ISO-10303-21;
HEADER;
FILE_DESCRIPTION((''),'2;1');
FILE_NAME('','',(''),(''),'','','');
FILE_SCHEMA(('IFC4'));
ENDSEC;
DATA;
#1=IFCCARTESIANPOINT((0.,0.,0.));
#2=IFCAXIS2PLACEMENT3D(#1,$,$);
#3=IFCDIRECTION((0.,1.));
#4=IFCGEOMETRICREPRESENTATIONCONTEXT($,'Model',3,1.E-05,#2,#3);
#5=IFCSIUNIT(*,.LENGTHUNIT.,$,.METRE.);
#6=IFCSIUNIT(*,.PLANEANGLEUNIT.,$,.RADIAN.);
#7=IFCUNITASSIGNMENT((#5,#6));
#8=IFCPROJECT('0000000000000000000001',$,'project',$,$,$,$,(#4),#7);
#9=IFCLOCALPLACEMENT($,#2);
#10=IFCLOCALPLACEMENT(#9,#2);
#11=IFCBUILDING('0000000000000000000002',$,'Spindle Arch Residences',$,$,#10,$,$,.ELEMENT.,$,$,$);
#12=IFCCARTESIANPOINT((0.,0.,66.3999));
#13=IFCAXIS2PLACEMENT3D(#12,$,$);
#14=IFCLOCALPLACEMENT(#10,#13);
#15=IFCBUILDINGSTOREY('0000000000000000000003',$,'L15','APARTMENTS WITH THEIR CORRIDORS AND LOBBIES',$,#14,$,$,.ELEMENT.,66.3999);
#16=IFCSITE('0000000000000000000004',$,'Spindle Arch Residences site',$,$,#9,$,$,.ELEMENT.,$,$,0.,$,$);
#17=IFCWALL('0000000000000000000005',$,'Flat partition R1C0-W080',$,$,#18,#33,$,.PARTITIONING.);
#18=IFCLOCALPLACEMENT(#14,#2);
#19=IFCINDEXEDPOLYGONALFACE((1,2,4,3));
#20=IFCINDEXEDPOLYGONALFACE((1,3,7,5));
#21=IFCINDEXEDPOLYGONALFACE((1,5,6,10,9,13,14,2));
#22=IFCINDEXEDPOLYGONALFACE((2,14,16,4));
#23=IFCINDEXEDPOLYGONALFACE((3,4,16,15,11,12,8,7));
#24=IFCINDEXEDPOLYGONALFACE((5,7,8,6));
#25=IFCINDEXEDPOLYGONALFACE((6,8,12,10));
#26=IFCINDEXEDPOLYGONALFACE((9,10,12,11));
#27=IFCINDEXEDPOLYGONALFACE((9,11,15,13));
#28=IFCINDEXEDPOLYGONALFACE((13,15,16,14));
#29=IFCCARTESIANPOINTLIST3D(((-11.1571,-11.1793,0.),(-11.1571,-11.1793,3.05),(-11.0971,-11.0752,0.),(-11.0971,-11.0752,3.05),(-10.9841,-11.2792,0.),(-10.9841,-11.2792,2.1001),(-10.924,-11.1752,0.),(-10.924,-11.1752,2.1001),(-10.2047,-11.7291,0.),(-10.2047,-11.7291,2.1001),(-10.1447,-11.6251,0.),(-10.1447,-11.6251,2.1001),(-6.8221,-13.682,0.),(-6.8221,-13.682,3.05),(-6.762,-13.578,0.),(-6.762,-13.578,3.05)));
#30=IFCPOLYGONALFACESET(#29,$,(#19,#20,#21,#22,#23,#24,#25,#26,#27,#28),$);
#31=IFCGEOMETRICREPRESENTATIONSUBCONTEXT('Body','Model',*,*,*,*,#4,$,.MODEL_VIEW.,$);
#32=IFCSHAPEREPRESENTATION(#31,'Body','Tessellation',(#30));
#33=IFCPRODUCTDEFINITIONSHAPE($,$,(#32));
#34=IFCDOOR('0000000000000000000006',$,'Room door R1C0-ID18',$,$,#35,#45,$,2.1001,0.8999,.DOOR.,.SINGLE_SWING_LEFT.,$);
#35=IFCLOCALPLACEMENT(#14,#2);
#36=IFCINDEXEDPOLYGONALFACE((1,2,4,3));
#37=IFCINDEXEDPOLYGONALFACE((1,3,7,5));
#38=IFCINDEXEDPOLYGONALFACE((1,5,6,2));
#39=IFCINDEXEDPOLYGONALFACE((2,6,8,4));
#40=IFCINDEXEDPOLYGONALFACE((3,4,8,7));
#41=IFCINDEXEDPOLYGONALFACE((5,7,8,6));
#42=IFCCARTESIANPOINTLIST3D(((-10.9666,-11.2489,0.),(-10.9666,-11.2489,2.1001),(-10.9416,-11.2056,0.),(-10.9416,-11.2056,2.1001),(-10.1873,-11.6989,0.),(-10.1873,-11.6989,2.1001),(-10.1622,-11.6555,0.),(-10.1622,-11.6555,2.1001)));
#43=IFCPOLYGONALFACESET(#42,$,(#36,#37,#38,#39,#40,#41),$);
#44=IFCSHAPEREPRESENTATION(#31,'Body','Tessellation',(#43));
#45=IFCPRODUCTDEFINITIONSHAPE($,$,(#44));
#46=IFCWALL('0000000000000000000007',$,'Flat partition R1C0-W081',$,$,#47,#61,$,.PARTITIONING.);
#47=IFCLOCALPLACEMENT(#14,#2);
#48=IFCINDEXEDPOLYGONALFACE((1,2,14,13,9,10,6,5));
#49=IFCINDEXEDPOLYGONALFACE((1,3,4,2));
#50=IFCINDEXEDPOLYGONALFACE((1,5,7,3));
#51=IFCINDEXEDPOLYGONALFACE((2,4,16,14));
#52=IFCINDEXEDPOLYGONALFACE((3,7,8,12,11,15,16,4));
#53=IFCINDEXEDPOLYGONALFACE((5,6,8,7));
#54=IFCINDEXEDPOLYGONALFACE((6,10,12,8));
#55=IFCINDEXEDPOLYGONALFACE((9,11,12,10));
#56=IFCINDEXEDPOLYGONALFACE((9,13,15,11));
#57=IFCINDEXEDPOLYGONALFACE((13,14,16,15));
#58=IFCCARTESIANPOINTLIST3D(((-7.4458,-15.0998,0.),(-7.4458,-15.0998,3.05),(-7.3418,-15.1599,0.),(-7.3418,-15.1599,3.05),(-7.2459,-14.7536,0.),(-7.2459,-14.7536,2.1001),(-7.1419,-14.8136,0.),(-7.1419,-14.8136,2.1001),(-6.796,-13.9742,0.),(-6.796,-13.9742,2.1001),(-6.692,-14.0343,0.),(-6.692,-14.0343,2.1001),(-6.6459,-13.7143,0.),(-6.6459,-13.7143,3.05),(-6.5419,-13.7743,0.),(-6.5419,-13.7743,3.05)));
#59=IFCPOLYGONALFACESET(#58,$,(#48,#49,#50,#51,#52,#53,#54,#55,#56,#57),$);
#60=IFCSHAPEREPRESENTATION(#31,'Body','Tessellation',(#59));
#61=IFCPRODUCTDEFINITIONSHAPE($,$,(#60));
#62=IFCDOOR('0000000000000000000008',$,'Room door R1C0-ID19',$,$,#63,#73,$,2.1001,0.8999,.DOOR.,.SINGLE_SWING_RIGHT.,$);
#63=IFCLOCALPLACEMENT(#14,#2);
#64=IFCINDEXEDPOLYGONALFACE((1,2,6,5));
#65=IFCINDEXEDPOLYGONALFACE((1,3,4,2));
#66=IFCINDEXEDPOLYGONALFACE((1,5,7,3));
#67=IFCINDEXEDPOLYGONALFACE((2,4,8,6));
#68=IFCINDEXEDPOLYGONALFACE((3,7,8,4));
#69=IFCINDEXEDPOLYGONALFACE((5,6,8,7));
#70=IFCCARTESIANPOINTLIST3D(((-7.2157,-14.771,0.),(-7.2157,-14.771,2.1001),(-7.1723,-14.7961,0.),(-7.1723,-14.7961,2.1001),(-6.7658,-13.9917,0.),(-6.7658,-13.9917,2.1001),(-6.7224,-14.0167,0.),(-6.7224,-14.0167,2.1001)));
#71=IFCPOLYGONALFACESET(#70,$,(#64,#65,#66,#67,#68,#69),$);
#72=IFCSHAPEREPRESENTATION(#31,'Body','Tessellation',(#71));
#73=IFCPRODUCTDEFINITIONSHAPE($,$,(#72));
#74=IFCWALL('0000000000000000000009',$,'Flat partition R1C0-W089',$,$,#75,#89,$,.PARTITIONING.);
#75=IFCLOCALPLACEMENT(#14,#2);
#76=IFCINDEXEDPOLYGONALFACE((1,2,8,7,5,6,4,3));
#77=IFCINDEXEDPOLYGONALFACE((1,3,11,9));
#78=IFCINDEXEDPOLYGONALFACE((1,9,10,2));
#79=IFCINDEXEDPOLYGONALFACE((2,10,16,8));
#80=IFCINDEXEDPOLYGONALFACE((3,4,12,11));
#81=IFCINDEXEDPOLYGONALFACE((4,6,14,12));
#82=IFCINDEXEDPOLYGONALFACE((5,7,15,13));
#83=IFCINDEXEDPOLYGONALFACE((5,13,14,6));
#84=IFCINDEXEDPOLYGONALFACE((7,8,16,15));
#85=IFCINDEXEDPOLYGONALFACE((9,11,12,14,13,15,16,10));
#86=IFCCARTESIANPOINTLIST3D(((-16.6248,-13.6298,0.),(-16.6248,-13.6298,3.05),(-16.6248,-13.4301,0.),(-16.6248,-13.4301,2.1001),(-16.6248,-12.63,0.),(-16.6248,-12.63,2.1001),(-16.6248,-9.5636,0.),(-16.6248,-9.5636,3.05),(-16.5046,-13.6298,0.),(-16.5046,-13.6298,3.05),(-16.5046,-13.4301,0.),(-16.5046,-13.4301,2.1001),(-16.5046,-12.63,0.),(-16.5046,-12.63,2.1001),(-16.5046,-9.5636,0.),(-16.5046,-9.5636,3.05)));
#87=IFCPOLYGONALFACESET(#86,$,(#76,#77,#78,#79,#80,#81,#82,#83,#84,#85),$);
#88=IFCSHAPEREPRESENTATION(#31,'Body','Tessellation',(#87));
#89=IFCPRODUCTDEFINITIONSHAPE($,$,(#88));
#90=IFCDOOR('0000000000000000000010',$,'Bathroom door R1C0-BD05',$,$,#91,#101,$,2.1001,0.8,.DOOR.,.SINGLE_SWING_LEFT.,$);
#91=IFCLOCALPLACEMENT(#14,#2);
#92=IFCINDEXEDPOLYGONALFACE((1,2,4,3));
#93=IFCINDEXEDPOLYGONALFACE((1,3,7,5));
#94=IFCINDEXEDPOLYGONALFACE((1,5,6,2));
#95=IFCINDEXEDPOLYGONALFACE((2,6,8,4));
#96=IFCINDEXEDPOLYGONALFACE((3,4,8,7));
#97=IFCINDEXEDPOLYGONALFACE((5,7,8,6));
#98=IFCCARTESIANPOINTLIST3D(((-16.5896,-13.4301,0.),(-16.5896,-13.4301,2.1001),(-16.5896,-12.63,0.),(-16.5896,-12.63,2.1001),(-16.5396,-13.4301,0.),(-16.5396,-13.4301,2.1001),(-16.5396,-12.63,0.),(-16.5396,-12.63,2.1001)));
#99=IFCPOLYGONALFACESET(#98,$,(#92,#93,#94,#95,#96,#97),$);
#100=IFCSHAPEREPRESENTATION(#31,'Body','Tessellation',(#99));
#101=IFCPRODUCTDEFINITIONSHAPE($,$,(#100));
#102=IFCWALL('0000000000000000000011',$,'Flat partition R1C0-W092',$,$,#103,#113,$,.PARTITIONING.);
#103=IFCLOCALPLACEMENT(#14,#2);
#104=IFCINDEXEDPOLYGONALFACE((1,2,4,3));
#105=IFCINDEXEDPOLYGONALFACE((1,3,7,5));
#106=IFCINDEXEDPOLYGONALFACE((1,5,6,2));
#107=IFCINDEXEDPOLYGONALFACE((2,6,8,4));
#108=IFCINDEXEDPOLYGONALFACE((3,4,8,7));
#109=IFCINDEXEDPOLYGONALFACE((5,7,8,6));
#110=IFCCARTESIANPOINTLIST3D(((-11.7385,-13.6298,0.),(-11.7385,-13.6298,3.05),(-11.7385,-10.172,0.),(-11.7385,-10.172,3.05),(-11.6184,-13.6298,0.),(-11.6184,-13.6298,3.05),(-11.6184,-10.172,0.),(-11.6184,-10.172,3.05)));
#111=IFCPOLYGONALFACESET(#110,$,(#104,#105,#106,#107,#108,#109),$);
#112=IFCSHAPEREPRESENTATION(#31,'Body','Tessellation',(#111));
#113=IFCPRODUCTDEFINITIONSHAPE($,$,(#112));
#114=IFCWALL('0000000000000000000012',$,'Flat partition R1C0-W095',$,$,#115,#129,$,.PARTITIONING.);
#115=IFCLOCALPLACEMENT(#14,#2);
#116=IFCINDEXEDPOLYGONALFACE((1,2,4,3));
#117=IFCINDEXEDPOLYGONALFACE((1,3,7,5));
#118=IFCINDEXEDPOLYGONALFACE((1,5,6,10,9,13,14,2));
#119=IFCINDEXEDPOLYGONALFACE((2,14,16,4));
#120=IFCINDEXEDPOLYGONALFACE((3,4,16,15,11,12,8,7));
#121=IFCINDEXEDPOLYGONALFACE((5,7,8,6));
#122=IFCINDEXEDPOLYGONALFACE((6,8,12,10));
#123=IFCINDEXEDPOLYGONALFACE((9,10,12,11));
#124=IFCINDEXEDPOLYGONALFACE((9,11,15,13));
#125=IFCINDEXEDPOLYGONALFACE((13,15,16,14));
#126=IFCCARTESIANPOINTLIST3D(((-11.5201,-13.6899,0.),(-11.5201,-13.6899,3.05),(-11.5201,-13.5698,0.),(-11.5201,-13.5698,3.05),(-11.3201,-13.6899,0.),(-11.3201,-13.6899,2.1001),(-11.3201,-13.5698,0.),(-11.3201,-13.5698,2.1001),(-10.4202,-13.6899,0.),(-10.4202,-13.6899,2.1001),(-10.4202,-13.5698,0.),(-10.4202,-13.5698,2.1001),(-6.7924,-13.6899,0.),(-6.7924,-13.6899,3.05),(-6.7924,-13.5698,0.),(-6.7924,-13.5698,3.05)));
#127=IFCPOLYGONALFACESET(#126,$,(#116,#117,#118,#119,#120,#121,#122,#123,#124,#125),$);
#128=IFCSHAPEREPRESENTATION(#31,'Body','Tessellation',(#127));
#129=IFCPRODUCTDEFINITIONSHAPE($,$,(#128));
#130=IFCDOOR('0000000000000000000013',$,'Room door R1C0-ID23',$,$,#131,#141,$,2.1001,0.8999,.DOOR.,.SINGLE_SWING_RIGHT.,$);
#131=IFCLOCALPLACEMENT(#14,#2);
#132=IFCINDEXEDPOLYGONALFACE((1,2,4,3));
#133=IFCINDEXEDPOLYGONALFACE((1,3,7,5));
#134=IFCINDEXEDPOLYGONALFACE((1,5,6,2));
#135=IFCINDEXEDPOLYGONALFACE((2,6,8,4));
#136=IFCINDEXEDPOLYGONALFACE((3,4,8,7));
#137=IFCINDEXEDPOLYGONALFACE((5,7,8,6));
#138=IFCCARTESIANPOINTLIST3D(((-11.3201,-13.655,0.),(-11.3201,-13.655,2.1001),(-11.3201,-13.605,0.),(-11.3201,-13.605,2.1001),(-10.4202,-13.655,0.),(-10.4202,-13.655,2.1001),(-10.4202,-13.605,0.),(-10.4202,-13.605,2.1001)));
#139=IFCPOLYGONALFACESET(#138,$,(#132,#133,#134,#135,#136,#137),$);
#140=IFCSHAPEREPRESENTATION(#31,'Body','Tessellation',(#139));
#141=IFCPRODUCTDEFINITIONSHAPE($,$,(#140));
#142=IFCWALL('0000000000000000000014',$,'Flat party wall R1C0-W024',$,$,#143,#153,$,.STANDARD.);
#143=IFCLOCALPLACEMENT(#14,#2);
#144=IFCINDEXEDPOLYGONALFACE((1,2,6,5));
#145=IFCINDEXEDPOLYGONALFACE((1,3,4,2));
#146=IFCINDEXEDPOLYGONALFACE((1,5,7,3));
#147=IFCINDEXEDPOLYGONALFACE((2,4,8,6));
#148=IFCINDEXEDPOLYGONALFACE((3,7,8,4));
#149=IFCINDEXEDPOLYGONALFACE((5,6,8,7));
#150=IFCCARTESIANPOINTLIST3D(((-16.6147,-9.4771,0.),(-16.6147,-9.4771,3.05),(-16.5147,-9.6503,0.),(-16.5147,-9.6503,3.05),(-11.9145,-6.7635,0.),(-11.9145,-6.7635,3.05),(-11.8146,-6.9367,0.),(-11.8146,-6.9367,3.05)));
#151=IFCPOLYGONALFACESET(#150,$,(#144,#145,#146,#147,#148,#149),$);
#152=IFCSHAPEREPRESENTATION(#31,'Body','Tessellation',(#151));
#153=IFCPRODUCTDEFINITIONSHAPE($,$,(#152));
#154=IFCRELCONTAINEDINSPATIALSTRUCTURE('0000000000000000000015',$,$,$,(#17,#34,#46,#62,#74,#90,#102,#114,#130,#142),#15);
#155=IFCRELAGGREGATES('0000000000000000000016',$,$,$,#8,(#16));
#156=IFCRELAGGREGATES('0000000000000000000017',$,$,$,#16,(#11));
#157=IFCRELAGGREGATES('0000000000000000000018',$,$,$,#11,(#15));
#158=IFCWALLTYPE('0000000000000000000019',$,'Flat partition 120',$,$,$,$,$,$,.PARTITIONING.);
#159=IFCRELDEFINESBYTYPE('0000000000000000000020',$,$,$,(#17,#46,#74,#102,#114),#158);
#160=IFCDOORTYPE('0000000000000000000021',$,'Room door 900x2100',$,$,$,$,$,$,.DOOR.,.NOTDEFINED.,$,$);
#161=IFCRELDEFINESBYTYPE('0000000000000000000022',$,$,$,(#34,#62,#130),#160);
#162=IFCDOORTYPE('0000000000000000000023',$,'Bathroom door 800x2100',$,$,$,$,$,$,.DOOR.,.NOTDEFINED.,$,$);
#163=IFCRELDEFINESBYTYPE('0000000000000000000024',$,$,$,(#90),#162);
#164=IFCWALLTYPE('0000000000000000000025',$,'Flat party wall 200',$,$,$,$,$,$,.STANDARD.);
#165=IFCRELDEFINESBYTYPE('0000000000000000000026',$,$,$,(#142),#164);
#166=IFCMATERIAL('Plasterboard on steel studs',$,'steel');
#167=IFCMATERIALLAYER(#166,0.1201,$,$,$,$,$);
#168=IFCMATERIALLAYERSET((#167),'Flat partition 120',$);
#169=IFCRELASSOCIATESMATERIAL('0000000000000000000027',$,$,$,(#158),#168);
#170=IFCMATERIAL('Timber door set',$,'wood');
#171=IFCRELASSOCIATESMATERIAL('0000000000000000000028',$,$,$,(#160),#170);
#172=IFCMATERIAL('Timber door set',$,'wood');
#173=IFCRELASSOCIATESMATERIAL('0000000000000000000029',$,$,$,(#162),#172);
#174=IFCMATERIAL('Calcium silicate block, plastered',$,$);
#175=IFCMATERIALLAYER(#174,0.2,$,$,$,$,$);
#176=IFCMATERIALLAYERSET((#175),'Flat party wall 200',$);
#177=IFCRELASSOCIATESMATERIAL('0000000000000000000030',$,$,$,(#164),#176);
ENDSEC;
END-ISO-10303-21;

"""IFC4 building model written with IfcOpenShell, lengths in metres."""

from ifc_helpers import new_model, si_unit, direction, frame, frame_2d, origin, place, context, subcontext, project, spatial, rectangle, extrude, material, layer, layer_set, type_object, element, fill, save


model = new_model("IFC4")

# Units and contexts
model_context = context("Model", 3, precision=1e-05, world=origin(), true_north=direction((0.0, 1.0)))
body_context = subcontext(model_context, "Body", "Model", "MODEL_VIEW")
ifc_project = project(units=[si_unit("LENGTHUNIT", "METRE"), si_unit("PLANEANGLEUNIT", "RADIAN")], contexts=[model_context])

# Site, building, storey
site_placement = place(None, origin())
site = spatial("IfcSite", under=ifc_project, at=site_placement, Name="Spindle Arch Residences site", CompositionType="ELEMENT", RefElevation=0.0)
building_placement = place(site_placement, origin())
building = spatial("IfcBuilding", under=site, at=building_placement, Name="Spindle Arch Residences", CompositionType="ELEMENT")
storey_placement = place(building_placement, frame((0.0, 0.0, 66.3999)))
storey = spatial("IfcBuildingStorey", under=building, at=storey_placement, Name="L15", Description="APARTMENTS WITH THEIR CORRIDORS AND LOBBIES", CompositionType="ELEMENT", Elevation=66.3999)

# Walls, openings, doors
ifc_material_1 = material(Name="Plasterboard on steel studs", Category="steel")
ifc_layer_1 = layer(ifc_material_1, 0.1201)
ifc_layer_set_1 = layer_set([ifc_layer_1], Name="Flat partition 120")
wall_type_1 = type_object("IfcWallType", Name="Flat partition 120", PredefinedType="PARTITIONING", material=ifc_layer_set_1)
ifc_material_2 = material(Name="Timber door set", Category="wood")
door_type_1 = type_object("IfcDoorType", Name="Room door 900x2100", OperationType="NOTDEFINED", PredefinedType="DOOR", material=ifc_material_2)
wall_1_placement = place(storey_placement, frame((-11.1272, -11.1272, 0.0), z_axis=(0.0, 0.0, 1.0), x_axis=(0.866035, -0.499984, 0.0)))
wall_1 = element("IfcWall", 1, at=wall_1_placement, inside=storey, type_object=wall_type_1, Name="Flat partition R1C0-W080", PredefinedType="PARTITIONING", context=body_context, shape_type="SweptSolid", body=[
    extrude(rectangle(XDim=5.0056, YDim=0.1201, at=frame_2d((2.5029, 0.0))), origin(), (0.0, 0.0, 1.0), 3.05),
])
opening_1_placement = place(wall_1_placement, frame((0.2, 0.0, 0.0)))
opening_1 = element("IfcOpeningElement", 2, at=opening_1_placement, cuts=wall_1, PredefinedType="OPENING", context=body_context, shape_type="SweptSolid", body=[
    extrude(rectangle(XDim=0.8999, YDim=2.1001, at=frame_2d((0.45, 1.05))), frame((0.0, 0.0701, 0.0), z_axis=(0.0, -1.0, 0.0), x_axis=(1.0, 0.0, 0.0)), (0.0, 0.0, 1.0), 0.1401),
])
door_1_placement = place(opening_1_placement, origin())
door_1 = element("IfcDoor", 3, at=door_1_placement, inside=storey, type_object=door_type_1, Name="Room door R1C0-ID18", OperationType="SINGLE_SWING_LEFT", OverallHeight=2.1001, OverallWidth=0.8999, PredefinedType="DOOR", context=body_context, shape_type="SweptSolid", body=[
    extrude(rectangle(XDim=0.8999, YDim=2.1001, at=frame_2d((0.45, 1.05))), frame((0.0, 0.0249, 0.0), z_axis=(0.0, -1.0, 0.0), x_axis=(1.0, 0.0, 0.0)), (0.0, 0.0, 1.0), 0.05),
])
fill(opening_1, door_1)
wall_2_placement = place(storey_placement, frame((-6.594, -13.7444, 0.0), z_axis=(0.0, 0.0, 1.0), x_axis=(-0.499947, -0.866056, 0.0)))
wall_2 = element("IfcWall", 4, at=wall_2_placement, inside=storey, type_object=wall_type_1, Name="Flat partition R1C0-W081", PredefinedType="PARTITIONING", context=body_context, shape_type="SweptSolid", body=[
    extrude(rectangle(XDim=1.5999, YDim=0.1201, at=frame_2d((0.7998, 0.0))), origin(), (0.0, 0.0, 1.0), 3.05),
])
opening_2_placement = place(wall_2_placement, frame((0.3, 0.0, 0.0)))
opening_2 = element("IfcOpeningElement", 5, at=opening_2_placement, cuts=wall_2, PredefinedType="OPENING", context=body_context, shape_type="SweptSolid", body=[
    extrude(rectangle(XDim=0.8999, YDim=2.1001, at=frame_2d((0.45, 1.05))), frame((0.0, 0.0701, 0.0), z_axis=(0.0, -1.0, 0.0), x_axis=(1.0, 0.0, 0.0)), (0.0, 0.0, 1.0), 0.1401),
])
door_2_placement = place(opening_2_placement, origin())
door_2 = element("IfcDoor", 6, at=door_2_placement, inside=storey, type_object=door_type_1, Name="Room door R1C0-ID19", OperationType="SINGLE_SWING_RIGHT", OverallHeight=2.1001, OverallWidth=0.8999, PredefinedType="DOOR", context=body_context, shape_type="SweptSolid", body=[
    extrude(rectangle(XDim=0.8999, YDim=2.1001, at=frame_2d((0.45, 1.05))), frame((0.0, 0.0249, 0.0), z_axis=(0.0, -1.0, 0.0), x_axis=(1.0, 0.0, 0.0)), (0.0, 0.0, 1.0), 0.05),
])
fill(opening_2, door_2)
wall_3_placement = place(storey_placement, frame((-16.5647, -13.6299, 0.0), z_axis=(0.0, 0.0, 1.0), x_axis=(0.0, 1.0, 0.0)))
wall_3 = element("IfcWall", 7, at=wall_3_placement, inside=storey, type_object=wall_type_1, Name="Flat partition R1C0-W089", PredefinedType="PARTITIONING", context=body_context, shape_type="SweptSolid", body=[
    extrude(rectangle(XDim=4.0662, YDim=0.1201, at=frame_2d((2.0332, 0.0))), origin(), (0.0, 0.0, 1.0), 3.05),
])
opening_3_placement = place(wall_3_placement, frame((0.2, 0.0, 0.0)))
opening_3 = element("IfcOpeningElement", 8, at=opening_3_placement, cuts=wall_3, PredefinedType="OPENING", context=body_context, shape_type="SweptSolid", body=[
    extrude(rectangle(XDim=0.8, YDim=2.1001, at=frame_2d((0.3999, 1.05))), frame((0.0, 0.0701, 0.0), z_axis=(0.0, -1.0, 0.0), x_axis=(1.0, 0.0, 0.0)), (0.0, 0.0, 1.0), 0.1401),
])
ifc_material_3 = material(Name="Timber door set", Category="wood")
door_type_2 = type_object("IfcDoorType", Name="Bathroom door 800x2100", OperationType="NOTDEFINED", PredefinedType="DOOR", material=ifc_material_3)
door_3_placement = place(opening_3_placement, origin())
door_3 = element("IfcDoor", 9, at=door_3_placement, inside=storey, type_object=door_type_2, Name="Bathroom door R1C0-BD05", OperationType="SINGLE_SWING_LEFT", OverallHeight=2.1001, OverallWidth=0.8, PredefinedType="DOOR", context=body_context, shape_type="SweptSolid", body=[
    extrude(rectangle(XDim=0.8, YDim=2.1001, at=frame_2d((0.3999, 1.05))), frame((0.0, 0.0249, 0.0), z_axis=(0.0, -1.0, 0.0), x_axis=(1.0, 0.0, 0.0)), (0.0, 0.0, 1.0), 0.05),
])
fill(opening_3, door_3)

# Wall
wall_4_placement = place(storey_placement, frame((-11.6785, -13.6299, 0.0), z_axis=(0.0, 0.0, 1.0), x_axis=(0.0, 1.0, 0.0)))
element("IfcWall", 10, at=wall_4_placement, inside=storey, type_object=wall_type_1, Name="Flat partition R1C0-W092", PredefinedType="PARTITIONING", context=body_context, shape_type="SweptSolid", body=[
    extrude(rectangle(XDim=3.4578, YDim=0.1201, at=frame_2d((1.729, 0.0))), origin(), (0.0, 0.0, 1.0), 3.05),
])

# Wall, opening, door
wall_5_placement = place(storey_placement, frame((-11.52, -13.6299, 0.0), z_axis=(0.0, 0.0, 1.0), x_axis=(1.0, 0.0, 0.0)))
wall_5 = element("IfcWall", 11, at=wall_5_placement, inside=storey, type_object=wall_type_1, Name="Flat partition R1C0-W095", PredefinedType="PARTITIONING", context=body_context, shape_type="SweptSolid", body=[
    extrude(rectangle(XDim=4.7278, YDim=0.1201, at=frame_2d((2.3638, 0.0))), origin(), (0.0, 0.0, 1.0), 3.05),
])
opening_4_placement = place(wall_5_placement, frame((0.2, 0.0, 0.0)))
opening_4 = element("IfcOpeningElement", 12, at=opening_4_placement, cuts=wall_5, PredefinedType="OPENING", context=body_context, shape_type="SweptSolid", body=[
    extrude(rectangle(XDim=0.8999, YDim=2.1001, at=frame_2d((0.45, 1.05))), frame((0.0, 0.0701, 0.0), z_axis=(0.0, -1.0, 0.0), x_axis=(1.0, 0.0, 0.0)), (0.0, 0.0, 1.0), 0.1401),
])
door_4_placement = place(opening_4_placement, origin())
door_4 = element("IfcDoor", 13, at=door_4_placement, inside=storey, type_object=door_type_1, Name="Room door R1C0-ID23", OperationType="SINGLE_SWING_RIGHT", OverallHeight=2.1001, OverallWidth=0.8999, PredefinedType="DOOR", context=body_context, shape_type="SweptSolid", body=[
    extrude(rectangle(XDim=0.8999, YDim=2.1001, at=frame_2d((0.45, 1.05))), frame((0.0, 0.0249, 0.0), z_axis=(0.0, -1.0, 0.0), x_axis=(1.0, 0.0, 0.0)), (0.0, 0.0, 1.0), 0.05),
])
fill(opening_4, door_4)

# Wall
ifc_material_4 = material(Name="Calcium silicate block, plastered")
ifc_layer_2 = layer(ifc_material_4, 0.2)
ifc_layer_set_2 = layer_set([ifc_layer_2], Name="Flat party wall 200")
wall_type_2 = type_object("IfcWallType", Name="Flat party wall 200", PredefinedType="STANDARD", material=ifc_layer_set_2)
wall_6_placement = place(storey_placement, frame((-16.5647, -9.5637, 0.0), z_axis=(0.0, 0.0, 1.0), x_axis=(0.866028, 0.499995, 0.0)))
element("IfcWall", 14, at=wall_6_placement, inside=storey, type_object=wall_type_2, Name="Flat party wall R1C0-W024", PredefinedType="STANDARD", context=body_context, shape_type="SweptSolid", body=[
    extrude(rectangle(XDim=5.4272, YDim=0.2, at=frame_2d((2.7136, 0.0))), origin(), (0.0, 0.0, 1.0), 3.05),
])

save(model, "model.ifc")
